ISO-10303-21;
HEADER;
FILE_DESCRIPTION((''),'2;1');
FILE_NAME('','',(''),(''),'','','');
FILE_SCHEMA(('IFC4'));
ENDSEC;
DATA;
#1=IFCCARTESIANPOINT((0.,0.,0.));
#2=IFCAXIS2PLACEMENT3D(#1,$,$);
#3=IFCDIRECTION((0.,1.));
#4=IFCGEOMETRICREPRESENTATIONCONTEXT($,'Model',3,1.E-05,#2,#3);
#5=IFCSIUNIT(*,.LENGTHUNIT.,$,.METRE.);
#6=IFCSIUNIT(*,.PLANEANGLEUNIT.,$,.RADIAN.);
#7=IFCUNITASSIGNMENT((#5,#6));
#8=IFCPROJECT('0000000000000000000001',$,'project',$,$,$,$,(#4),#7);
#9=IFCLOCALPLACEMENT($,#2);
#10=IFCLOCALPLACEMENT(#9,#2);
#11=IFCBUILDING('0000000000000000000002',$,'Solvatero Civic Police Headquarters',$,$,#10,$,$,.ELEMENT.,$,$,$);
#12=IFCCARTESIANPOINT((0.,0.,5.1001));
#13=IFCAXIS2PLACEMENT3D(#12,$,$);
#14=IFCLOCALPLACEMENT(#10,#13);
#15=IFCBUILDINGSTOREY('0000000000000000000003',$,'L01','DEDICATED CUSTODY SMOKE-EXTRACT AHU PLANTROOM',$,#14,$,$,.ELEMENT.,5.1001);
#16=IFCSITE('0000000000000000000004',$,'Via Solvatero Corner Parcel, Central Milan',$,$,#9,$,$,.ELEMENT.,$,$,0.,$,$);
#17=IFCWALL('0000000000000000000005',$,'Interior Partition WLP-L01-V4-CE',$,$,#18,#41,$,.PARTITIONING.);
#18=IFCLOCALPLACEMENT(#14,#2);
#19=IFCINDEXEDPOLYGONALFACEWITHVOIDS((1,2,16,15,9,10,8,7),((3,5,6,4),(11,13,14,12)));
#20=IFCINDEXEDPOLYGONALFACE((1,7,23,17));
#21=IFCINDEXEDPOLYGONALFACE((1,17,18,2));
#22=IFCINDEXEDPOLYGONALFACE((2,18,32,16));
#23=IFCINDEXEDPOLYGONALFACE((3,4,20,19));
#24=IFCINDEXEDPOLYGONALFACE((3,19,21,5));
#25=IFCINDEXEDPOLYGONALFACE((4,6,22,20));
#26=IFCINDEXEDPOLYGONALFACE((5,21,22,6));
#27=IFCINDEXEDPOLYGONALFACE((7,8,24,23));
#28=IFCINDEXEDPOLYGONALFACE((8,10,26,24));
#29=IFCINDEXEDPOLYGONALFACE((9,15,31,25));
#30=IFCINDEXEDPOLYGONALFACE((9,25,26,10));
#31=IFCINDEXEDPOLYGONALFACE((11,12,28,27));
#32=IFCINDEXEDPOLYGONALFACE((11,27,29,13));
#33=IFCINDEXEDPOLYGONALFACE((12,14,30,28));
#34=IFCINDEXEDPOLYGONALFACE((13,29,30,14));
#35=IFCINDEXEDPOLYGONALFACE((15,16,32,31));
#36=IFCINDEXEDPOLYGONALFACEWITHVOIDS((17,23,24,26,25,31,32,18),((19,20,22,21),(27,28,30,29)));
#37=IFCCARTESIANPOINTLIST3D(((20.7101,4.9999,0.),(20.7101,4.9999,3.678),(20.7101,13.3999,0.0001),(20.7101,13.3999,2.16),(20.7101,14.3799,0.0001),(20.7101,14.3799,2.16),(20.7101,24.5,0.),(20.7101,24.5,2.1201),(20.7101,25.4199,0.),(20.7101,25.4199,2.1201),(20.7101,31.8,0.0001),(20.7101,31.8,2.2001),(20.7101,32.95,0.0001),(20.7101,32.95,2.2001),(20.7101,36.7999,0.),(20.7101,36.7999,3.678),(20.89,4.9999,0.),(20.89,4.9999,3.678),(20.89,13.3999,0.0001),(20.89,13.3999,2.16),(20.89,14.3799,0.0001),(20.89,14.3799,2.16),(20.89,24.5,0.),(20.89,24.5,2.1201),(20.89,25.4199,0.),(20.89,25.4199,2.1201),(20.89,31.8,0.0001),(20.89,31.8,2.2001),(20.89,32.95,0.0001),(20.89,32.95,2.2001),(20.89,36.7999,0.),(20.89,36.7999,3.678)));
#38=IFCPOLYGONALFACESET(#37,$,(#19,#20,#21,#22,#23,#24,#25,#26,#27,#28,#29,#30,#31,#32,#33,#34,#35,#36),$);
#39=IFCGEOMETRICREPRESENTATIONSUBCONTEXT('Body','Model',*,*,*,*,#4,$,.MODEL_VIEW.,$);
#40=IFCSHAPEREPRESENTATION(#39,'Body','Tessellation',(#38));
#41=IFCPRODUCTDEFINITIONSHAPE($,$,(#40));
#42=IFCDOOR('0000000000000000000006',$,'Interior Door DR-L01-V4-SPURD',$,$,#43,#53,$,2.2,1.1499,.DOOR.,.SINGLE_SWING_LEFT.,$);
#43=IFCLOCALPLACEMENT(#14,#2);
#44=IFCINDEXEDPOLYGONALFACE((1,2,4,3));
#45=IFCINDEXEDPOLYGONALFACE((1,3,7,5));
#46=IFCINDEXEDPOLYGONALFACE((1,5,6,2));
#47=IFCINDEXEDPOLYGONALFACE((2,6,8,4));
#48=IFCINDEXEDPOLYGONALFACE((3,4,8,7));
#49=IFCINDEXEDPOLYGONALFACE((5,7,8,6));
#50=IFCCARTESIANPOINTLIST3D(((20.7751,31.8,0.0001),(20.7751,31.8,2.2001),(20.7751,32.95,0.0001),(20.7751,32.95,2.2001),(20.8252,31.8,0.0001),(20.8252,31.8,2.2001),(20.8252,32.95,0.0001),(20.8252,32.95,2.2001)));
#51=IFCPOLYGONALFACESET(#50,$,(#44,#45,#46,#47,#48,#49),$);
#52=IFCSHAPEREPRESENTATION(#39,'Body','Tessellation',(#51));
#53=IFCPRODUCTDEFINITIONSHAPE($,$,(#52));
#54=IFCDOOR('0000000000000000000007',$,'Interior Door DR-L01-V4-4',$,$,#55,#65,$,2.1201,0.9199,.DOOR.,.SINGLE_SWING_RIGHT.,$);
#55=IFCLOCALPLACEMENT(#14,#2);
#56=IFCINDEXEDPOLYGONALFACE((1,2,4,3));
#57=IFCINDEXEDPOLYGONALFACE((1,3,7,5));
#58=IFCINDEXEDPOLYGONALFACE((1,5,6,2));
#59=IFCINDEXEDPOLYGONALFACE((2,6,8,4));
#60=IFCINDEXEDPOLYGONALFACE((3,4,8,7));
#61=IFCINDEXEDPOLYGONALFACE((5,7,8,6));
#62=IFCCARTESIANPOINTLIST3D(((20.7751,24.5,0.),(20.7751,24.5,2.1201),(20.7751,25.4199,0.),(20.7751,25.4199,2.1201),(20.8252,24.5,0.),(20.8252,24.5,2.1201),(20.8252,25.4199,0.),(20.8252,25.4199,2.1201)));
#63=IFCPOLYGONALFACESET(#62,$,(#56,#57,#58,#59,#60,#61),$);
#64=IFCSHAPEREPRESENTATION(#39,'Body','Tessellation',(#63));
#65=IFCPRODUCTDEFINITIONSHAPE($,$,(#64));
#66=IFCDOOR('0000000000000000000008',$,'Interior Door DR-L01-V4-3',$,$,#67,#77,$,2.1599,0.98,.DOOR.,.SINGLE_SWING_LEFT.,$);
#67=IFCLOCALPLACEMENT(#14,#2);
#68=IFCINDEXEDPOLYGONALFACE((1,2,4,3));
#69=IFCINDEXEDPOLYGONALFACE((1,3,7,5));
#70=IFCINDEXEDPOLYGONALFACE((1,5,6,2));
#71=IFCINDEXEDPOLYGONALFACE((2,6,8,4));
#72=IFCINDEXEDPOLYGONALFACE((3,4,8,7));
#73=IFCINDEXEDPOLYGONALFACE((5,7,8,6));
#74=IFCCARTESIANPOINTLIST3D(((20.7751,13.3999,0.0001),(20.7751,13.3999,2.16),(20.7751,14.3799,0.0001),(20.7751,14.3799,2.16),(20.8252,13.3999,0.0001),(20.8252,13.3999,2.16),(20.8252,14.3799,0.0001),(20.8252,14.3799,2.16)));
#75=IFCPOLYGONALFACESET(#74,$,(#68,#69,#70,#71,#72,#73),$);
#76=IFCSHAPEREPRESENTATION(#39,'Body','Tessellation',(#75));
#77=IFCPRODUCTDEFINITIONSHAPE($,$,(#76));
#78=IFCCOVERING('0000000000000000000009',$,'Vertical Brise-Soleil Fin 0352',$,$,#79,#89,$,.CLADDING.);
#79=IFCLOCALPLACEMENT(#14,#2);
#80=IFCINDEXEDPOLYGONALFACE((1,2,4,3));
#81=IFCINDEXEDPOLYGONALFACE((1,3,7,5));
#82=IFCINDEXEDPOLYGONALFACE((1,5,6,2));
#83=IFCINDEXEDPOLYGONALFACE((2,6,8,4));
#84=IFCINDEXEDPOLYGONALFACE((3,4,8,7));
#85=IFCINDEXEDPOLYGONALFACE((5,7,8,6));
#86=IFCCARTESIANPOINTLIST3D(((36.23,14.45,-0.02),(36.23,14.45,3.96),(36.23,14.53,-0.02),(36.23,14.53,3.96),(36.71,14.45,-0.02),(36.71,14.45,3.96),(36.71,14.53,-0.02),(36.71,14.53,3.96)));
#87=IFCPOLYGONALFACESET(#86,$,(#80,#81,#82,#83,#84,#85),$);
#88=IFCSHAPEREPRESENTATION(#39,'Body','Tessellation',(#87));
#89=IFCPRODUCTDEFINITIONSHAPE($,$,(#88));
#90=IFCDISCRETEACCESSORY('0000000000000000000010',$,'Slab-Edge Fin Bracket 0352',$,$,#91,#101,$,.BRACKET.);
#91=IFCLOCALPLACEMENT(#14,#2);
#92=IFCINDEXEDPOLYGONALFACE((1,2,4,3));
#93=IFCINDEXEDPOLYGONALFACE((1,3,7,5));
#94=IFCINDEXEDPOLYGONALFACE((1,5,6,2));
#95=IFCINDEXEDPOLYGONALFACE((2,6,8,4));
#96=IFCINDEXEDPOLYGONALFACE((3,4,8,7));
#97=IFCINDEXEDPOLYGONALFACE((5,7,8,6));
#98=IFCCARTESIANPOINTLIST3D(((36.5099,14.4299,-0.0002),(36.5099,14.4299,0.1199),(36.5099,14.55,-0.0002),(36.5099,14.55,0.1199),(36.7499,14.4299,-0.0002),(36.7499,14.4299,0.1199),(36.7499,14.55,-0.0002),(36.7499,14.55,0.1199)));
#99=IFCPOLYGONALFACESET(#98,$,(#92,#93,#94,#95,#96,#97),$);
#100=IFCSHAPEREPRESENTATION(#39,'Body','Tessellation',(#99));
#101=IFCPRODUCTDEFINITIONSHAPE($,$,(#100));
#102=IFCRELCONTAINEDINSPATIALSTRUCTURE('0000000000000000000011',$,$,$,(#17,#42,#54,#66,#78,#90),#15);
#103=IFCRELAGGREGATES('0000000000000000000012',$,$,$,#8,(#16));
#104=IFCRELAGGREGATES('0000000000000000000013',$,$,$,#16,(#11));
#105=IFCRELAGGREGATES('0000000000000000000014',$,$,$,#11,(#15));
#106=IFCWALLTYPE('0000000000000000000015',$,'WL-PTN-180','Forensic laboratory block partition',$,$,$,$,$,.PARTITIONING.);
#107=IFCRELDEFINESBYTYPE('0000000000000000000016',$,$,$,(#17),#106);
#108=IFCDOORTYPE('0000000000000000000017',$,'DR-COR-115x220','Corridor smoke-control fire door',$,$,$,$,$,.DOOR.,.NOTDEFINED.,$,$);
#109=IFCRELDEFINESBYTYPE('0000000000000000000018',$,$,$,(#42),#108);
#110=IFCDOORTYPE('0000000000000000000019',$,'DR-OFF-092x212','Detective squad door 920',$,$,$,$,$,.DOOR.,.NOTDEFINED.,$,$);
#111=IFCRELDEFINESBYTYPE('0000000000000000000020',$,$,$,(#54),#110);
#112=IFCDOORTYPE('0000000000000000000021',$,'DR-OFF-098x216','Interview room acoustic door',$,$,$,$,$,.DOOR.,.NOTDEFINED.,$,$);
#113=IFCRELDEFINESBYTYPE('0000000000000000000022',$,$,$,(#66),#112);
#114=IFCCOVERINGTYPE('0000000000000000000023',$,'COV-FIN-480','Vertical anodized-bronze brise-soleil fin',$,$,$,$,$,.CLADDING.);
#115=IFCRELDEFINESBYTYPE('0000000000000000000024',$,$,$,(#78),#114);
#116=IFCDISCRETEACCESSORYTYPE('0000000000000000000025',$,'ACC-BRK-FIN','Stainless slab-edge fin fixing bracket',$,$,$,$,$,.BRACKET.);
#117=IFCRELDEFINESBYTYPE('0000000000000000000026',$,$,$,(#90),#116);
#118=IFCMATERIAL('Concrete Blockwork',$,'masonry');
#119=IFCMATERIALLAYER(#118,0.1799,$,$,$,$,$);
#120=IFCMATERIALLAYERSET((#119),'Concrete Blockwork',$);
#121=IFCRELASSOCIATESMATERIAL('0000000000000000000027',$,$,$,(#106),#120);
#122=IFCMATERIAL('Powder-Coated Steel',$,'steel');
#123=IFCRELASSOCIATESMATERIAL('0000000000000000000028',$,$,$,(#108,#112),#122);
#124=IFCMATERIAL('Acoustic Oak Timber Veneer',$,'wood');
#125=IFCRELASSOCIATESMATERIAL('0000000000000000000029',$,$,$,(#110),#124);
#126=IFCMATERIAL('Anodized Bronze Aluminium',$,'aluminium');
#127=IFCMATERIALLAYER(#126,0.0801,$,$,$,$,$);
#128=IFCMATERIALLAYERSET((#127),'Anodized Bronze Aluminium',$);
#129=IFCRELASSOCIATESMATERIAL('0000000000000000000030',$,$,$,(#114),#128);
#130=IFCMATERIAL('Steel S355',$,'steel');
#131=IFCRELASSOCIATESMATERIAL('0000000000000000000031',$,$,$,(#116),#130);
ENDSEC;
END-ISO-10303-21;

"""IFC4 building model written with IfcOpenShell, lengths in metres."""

from ifc_helpers import new_model, si_unit, direction, frame, frame_2d, origin, origin_2d, place, context, subcontext, project, spatial, rectangle, extrude, material, layer, layer_set, type_object, element, fill, save


model = new_model("IFC4")

# Units and contexts
model_context = context("Model", 3, precision=1e-05, world=origin(), true_north=direction((0.0, 1.0)))
body_context = subcontext(model_context, "Body", "Model", "MODEL_VIEW")
ifc_project = project(units=[si_unit("LENGTHUNIT", "METRE"), si_unit("PLANEANGLEUNIT", "RADIAN")], contexts=[model_context])

# Site, building, storey
site_placement = place(None, origin())
site = spatial("IfcSite", under=ifc_project, at=site_placement, Name="Via Solvatero Corner Parcel, Central Milan", CompositionType="ELEMENT", RefElevation=0.0)
building_placement = place(site_placement, origin())
building = spatial("IfcBuilding", under=site, at=building_placement, Name="Solvatero Civic Police Headquarters", CompositionType="ELEMENT")
storey_placement = place(building_placement, frame((0.0, 0.0, 5.1001)))
storey = spatial("IfcBuildingStorey", under=building, at=storey_placement, Name="L01", Description="DEDICATED CUSTODY SMOKE-EXTRACT AHU PLANTROOM", CompositionType="ELEMENT", Elevation=5.1001)

# Shared definitions
ifc_material_1 = material(Name="Steel S355", Category="steel")

# Shared definitions
ifc_material_2 = material(Name="Anodized Bronze Aluminium", Category="aluminium")

# Wall, openings, doors
ifc_material_3 = material(Name="Concrete Blockwork", Category="masonry")
ifc_layer_1 = layer(ifc_material_3, 0.1799)
ifc_layer_set_1 = layer_set([ifc_layer_1], Name="Concrete Blockwork")
wall_type_1 = type_object("IfcWallType", Name="WL-PTN-180", Description="Forensic laboratory block partition", PredefinedType="PARTITIONING", material=ifc_layer_set_1)
wall_1_placement = place(storey_placement, frame((20.8, 5.0, 0.0), z_axis=(0.0, 0.0, 1.0), x_axis=(0.0, 1.0, 0.0)))
wall_1 = element("IfcWall", 1, at=wall_1_placement, inside=storey, type_object=wall_type_1, Name="Interior Partition WLP-L01-V4-CE", PredefinedType="PARTITIONING", context=body_context, shape_type="SweptSolid", body=[
    extrude(rectangle(XDim=31.8, YDim=0.1799, at=frame_2d((15.8999, 0.0))), origin(), (0.0, 0.0, 1.0), 3.678),
])
opening_1_placement = place(wall_1_placement, frame((8.3999, 0.0, 0.0)))
opening_1 = element("IfcOpeningElement", 2, at=opening_1_placement, cuts=wall_1, PredefinedType="OPENING", context=body_context, shape_type="SweptSolid", body=[
    extrude(rectangle(XDim=0.98, YDim=2.1599, at=frame_2d((0.49, 1.0801))), frame((0.0, 0.0999, 0.0), z_axis=(0.0, -1.0, 0.0), x_axis=(1.0, 0.0, 0.0)), (0.0, 0.0, 1.0), 0.2),
])
opening_2_placement = place(wall_1_placement, frame((19.5, 0.0, 0.0)))
opening_2 = element("IfcOpeningElement", 3, at=opening_2_placement, cuts=wall_1, PredefinedType="OPENING", context=body_context, shape_type="SweptSolid", body=[
    extrude(rectangle(XDim=0.9199, YDim=2.1201, at=frame_2d((0.46, 1.0601))), frame((0.0, 0.0999, 0.0), z_axis=(0.0, -1.0, 0.0), x_axis=(1.0, 0.0, 0.0)), (0.0, 0.0, 1.0), 0.2),
])
opening_3_placement = place(wall_1_placement, frame((26.8, 0.0, 0.0)))
opening_3 = element("IfcOpeningElement", 4, at=opening_3_placement, cuts=wall_1, PredefinedType="OPENING", context=body_context, shape_type="SweptSolid", body=[
    extrude(rectangle(XDim=1.1499, YDim=2.2, at=frame_2d((0.575, 1.1001))), frame((0.0, 0.0999, 0.0), z_axis=(0.0, -1.0, 0.0), x_axis=(1.0, 0.0, 0.0)), (0.0, 0.0, 1.0), 0.2),
])
ifc_material_4 = material(Name="Powder-Coated Steel", Category="steel")
door_type_1 = type_object("IfcDoorType", Name="DR-COR-115x220", Description="Corridor smoke-control fire door", OperationType="NOTDEFINED", PredefinedType="DOOR", material=ifc_material_4)
door_1_placement = place(opening_3_placement, origin())
door_1 = element("IfcDoor", 5, at=door_1_placement, inside=storey, type_object=door_type_1, Name="Interior Door DR-L01-V4-SPURD", OperationType="SINGLE_SWING_LEFT", OverallHeight=2.2, OverallWidth=1.1499, PredefinedType="DOOR", context=body_context, shape_type="SweptSolid", body=[
    extrude(rectangle(XDim=1.1499, YDim=2.2, at=frame_2d((0.575, 1.1001))), frame((0.0, 0.0249, 0.0), z_axis=(0.0, -1.0, 0.0), x_axis=(1.0, 0.0, 0.0)), (0.0, 0.0, 1.0), 0.05),
])
fill(opening_3, door_1)
ifc_material_5 = material(Name="Acoustic Oak Timber Veneer", Category="wood")
door_type_2 = type_object("IfcDoorType", Name="DR-OFF-092x212", Description="Detective squad door 920", OperationType="NOTDEFINED", PredefinedType="DOOR", material=ifc_material_5)
door_2_placement = place(opening_2_placement, origin())
door_2 = element("IfcDoor", 6, at=door_2_placement, inside=storey, type_object=door_type_2, Name="Interior Door DR-L01-V4-4", OperationType="SINGLE_SWING_RIGHT", OverallHeight=2.1201, OverallWidth=0.9199, PredefinedType="DOOR", context=body_context, shape_type="SweptSolid", body=[
    extrude(rectangle(XDim=0.9199, YDim=2.1201, at=frame_2d((0.46, 1.0601))), frame((0.0, 0.0249, 0.0), z_axis=(0.0, -1.0, 0.0), x_axis=(1.0, 0.0, 0.0)), (0.0, 0.0, 1.0), 0.05),
])
fill(opening_2, door_2)
door_type_3 = type_object("IfcDoorType", Name="DR-OFF-098x216", Description="Interview room acoustic door", OperationType="NOTDEFINED", PredefinedType="DOOR", material=ifc_material_4)
door_3_placement = place(opening_1_placement, origin())
door_3 = element("IfcDoor", 7, at=door_3_placement, inside=storey, type_object=door_type_3, Name="Interior Door DR-L01-V4-3", OperationType="SINGLE_SWING_LEFT", OverallHeight=2.1599, OverallWidth=0.98, PredefinedType="DOOR", context=body_context, shape_type="SweptSolid", body=[
    extrude(rectangle(XDim=0.98, YDim=2.1599, at=frame_2d((0.49, 1.0801))), frame((0.0, 0.0249, 0.0), z_axis=(0.0, -1.0, 0.0), x_axis=(1.0, 0.0, 0.0)), (0.0, 0.0, 1.0), 0.05),
])
fill(opening_1, door_3)

# Covering
ifc_layer_2 = layer(ifc_material_2, 0.0801)
ifc_layer_set_2 = layer_set([ifc_layer_2], Name="Anodized Bronze Aluminium")
covering_type = type_object("IfcCoveringType", Name="COV-FIN-480", Description="Vertical anodized-bronze brise-soleil fin", PredefinedType="CLADDING", material=ifc_layer_set_2)
covering_placement = place(storey_placement, frame((36.47, 14.49, -0.02), z_axis=(0.0, 0.0, 1.0), x_axis=(0.0, -1.0, 0.0)))
element("IfcCovering", 8, at=covering_placement, inside=storey, type_object=covering_type, Name="Vertical Brise-Soleil Fin 0352", PredefinedType="CLADDING", context=body_context, shape_type="SweptSolid", body=[
    extrude(rectangle(XDim=0.0801, YDim=0.48, at=origin_2d()), origin(), (0.0, 0.0, 1.0), 3.98),
])

# Discrete accessory
discrete_accessory_type = type_object("IfcDiscreteAccessoryType", Name="ACC-BRK-FIN", Description="Stainless slab-edge fin fixing bracket", PredefinedType="BRACKET", material=ifc_material_1)
discrete_accessory_placement = place(storey_placement, frame((36.6299, 14.49, -0.0002), z_axis=(0.0, 0.0, 1.0), x_axis=(0.0, -1.0, 0.0)))
element("IfcDiscreteAccessory", 9, at=discrete_accessory_placement, inside=storey, type_object=discrete_accessory_type, Name="Slab-Edge Fin Bracket 0352", PredefinedType="BRACKET", context=body_context, shape_type="SweptSolid", body=[
    extrude(rectangle(XDim=0.1201, YDim=0.24, at=origin_2d()), origin(), (0.0, 0.0, 1.0), 0.1201),
])

save(model, "model.ifc")
